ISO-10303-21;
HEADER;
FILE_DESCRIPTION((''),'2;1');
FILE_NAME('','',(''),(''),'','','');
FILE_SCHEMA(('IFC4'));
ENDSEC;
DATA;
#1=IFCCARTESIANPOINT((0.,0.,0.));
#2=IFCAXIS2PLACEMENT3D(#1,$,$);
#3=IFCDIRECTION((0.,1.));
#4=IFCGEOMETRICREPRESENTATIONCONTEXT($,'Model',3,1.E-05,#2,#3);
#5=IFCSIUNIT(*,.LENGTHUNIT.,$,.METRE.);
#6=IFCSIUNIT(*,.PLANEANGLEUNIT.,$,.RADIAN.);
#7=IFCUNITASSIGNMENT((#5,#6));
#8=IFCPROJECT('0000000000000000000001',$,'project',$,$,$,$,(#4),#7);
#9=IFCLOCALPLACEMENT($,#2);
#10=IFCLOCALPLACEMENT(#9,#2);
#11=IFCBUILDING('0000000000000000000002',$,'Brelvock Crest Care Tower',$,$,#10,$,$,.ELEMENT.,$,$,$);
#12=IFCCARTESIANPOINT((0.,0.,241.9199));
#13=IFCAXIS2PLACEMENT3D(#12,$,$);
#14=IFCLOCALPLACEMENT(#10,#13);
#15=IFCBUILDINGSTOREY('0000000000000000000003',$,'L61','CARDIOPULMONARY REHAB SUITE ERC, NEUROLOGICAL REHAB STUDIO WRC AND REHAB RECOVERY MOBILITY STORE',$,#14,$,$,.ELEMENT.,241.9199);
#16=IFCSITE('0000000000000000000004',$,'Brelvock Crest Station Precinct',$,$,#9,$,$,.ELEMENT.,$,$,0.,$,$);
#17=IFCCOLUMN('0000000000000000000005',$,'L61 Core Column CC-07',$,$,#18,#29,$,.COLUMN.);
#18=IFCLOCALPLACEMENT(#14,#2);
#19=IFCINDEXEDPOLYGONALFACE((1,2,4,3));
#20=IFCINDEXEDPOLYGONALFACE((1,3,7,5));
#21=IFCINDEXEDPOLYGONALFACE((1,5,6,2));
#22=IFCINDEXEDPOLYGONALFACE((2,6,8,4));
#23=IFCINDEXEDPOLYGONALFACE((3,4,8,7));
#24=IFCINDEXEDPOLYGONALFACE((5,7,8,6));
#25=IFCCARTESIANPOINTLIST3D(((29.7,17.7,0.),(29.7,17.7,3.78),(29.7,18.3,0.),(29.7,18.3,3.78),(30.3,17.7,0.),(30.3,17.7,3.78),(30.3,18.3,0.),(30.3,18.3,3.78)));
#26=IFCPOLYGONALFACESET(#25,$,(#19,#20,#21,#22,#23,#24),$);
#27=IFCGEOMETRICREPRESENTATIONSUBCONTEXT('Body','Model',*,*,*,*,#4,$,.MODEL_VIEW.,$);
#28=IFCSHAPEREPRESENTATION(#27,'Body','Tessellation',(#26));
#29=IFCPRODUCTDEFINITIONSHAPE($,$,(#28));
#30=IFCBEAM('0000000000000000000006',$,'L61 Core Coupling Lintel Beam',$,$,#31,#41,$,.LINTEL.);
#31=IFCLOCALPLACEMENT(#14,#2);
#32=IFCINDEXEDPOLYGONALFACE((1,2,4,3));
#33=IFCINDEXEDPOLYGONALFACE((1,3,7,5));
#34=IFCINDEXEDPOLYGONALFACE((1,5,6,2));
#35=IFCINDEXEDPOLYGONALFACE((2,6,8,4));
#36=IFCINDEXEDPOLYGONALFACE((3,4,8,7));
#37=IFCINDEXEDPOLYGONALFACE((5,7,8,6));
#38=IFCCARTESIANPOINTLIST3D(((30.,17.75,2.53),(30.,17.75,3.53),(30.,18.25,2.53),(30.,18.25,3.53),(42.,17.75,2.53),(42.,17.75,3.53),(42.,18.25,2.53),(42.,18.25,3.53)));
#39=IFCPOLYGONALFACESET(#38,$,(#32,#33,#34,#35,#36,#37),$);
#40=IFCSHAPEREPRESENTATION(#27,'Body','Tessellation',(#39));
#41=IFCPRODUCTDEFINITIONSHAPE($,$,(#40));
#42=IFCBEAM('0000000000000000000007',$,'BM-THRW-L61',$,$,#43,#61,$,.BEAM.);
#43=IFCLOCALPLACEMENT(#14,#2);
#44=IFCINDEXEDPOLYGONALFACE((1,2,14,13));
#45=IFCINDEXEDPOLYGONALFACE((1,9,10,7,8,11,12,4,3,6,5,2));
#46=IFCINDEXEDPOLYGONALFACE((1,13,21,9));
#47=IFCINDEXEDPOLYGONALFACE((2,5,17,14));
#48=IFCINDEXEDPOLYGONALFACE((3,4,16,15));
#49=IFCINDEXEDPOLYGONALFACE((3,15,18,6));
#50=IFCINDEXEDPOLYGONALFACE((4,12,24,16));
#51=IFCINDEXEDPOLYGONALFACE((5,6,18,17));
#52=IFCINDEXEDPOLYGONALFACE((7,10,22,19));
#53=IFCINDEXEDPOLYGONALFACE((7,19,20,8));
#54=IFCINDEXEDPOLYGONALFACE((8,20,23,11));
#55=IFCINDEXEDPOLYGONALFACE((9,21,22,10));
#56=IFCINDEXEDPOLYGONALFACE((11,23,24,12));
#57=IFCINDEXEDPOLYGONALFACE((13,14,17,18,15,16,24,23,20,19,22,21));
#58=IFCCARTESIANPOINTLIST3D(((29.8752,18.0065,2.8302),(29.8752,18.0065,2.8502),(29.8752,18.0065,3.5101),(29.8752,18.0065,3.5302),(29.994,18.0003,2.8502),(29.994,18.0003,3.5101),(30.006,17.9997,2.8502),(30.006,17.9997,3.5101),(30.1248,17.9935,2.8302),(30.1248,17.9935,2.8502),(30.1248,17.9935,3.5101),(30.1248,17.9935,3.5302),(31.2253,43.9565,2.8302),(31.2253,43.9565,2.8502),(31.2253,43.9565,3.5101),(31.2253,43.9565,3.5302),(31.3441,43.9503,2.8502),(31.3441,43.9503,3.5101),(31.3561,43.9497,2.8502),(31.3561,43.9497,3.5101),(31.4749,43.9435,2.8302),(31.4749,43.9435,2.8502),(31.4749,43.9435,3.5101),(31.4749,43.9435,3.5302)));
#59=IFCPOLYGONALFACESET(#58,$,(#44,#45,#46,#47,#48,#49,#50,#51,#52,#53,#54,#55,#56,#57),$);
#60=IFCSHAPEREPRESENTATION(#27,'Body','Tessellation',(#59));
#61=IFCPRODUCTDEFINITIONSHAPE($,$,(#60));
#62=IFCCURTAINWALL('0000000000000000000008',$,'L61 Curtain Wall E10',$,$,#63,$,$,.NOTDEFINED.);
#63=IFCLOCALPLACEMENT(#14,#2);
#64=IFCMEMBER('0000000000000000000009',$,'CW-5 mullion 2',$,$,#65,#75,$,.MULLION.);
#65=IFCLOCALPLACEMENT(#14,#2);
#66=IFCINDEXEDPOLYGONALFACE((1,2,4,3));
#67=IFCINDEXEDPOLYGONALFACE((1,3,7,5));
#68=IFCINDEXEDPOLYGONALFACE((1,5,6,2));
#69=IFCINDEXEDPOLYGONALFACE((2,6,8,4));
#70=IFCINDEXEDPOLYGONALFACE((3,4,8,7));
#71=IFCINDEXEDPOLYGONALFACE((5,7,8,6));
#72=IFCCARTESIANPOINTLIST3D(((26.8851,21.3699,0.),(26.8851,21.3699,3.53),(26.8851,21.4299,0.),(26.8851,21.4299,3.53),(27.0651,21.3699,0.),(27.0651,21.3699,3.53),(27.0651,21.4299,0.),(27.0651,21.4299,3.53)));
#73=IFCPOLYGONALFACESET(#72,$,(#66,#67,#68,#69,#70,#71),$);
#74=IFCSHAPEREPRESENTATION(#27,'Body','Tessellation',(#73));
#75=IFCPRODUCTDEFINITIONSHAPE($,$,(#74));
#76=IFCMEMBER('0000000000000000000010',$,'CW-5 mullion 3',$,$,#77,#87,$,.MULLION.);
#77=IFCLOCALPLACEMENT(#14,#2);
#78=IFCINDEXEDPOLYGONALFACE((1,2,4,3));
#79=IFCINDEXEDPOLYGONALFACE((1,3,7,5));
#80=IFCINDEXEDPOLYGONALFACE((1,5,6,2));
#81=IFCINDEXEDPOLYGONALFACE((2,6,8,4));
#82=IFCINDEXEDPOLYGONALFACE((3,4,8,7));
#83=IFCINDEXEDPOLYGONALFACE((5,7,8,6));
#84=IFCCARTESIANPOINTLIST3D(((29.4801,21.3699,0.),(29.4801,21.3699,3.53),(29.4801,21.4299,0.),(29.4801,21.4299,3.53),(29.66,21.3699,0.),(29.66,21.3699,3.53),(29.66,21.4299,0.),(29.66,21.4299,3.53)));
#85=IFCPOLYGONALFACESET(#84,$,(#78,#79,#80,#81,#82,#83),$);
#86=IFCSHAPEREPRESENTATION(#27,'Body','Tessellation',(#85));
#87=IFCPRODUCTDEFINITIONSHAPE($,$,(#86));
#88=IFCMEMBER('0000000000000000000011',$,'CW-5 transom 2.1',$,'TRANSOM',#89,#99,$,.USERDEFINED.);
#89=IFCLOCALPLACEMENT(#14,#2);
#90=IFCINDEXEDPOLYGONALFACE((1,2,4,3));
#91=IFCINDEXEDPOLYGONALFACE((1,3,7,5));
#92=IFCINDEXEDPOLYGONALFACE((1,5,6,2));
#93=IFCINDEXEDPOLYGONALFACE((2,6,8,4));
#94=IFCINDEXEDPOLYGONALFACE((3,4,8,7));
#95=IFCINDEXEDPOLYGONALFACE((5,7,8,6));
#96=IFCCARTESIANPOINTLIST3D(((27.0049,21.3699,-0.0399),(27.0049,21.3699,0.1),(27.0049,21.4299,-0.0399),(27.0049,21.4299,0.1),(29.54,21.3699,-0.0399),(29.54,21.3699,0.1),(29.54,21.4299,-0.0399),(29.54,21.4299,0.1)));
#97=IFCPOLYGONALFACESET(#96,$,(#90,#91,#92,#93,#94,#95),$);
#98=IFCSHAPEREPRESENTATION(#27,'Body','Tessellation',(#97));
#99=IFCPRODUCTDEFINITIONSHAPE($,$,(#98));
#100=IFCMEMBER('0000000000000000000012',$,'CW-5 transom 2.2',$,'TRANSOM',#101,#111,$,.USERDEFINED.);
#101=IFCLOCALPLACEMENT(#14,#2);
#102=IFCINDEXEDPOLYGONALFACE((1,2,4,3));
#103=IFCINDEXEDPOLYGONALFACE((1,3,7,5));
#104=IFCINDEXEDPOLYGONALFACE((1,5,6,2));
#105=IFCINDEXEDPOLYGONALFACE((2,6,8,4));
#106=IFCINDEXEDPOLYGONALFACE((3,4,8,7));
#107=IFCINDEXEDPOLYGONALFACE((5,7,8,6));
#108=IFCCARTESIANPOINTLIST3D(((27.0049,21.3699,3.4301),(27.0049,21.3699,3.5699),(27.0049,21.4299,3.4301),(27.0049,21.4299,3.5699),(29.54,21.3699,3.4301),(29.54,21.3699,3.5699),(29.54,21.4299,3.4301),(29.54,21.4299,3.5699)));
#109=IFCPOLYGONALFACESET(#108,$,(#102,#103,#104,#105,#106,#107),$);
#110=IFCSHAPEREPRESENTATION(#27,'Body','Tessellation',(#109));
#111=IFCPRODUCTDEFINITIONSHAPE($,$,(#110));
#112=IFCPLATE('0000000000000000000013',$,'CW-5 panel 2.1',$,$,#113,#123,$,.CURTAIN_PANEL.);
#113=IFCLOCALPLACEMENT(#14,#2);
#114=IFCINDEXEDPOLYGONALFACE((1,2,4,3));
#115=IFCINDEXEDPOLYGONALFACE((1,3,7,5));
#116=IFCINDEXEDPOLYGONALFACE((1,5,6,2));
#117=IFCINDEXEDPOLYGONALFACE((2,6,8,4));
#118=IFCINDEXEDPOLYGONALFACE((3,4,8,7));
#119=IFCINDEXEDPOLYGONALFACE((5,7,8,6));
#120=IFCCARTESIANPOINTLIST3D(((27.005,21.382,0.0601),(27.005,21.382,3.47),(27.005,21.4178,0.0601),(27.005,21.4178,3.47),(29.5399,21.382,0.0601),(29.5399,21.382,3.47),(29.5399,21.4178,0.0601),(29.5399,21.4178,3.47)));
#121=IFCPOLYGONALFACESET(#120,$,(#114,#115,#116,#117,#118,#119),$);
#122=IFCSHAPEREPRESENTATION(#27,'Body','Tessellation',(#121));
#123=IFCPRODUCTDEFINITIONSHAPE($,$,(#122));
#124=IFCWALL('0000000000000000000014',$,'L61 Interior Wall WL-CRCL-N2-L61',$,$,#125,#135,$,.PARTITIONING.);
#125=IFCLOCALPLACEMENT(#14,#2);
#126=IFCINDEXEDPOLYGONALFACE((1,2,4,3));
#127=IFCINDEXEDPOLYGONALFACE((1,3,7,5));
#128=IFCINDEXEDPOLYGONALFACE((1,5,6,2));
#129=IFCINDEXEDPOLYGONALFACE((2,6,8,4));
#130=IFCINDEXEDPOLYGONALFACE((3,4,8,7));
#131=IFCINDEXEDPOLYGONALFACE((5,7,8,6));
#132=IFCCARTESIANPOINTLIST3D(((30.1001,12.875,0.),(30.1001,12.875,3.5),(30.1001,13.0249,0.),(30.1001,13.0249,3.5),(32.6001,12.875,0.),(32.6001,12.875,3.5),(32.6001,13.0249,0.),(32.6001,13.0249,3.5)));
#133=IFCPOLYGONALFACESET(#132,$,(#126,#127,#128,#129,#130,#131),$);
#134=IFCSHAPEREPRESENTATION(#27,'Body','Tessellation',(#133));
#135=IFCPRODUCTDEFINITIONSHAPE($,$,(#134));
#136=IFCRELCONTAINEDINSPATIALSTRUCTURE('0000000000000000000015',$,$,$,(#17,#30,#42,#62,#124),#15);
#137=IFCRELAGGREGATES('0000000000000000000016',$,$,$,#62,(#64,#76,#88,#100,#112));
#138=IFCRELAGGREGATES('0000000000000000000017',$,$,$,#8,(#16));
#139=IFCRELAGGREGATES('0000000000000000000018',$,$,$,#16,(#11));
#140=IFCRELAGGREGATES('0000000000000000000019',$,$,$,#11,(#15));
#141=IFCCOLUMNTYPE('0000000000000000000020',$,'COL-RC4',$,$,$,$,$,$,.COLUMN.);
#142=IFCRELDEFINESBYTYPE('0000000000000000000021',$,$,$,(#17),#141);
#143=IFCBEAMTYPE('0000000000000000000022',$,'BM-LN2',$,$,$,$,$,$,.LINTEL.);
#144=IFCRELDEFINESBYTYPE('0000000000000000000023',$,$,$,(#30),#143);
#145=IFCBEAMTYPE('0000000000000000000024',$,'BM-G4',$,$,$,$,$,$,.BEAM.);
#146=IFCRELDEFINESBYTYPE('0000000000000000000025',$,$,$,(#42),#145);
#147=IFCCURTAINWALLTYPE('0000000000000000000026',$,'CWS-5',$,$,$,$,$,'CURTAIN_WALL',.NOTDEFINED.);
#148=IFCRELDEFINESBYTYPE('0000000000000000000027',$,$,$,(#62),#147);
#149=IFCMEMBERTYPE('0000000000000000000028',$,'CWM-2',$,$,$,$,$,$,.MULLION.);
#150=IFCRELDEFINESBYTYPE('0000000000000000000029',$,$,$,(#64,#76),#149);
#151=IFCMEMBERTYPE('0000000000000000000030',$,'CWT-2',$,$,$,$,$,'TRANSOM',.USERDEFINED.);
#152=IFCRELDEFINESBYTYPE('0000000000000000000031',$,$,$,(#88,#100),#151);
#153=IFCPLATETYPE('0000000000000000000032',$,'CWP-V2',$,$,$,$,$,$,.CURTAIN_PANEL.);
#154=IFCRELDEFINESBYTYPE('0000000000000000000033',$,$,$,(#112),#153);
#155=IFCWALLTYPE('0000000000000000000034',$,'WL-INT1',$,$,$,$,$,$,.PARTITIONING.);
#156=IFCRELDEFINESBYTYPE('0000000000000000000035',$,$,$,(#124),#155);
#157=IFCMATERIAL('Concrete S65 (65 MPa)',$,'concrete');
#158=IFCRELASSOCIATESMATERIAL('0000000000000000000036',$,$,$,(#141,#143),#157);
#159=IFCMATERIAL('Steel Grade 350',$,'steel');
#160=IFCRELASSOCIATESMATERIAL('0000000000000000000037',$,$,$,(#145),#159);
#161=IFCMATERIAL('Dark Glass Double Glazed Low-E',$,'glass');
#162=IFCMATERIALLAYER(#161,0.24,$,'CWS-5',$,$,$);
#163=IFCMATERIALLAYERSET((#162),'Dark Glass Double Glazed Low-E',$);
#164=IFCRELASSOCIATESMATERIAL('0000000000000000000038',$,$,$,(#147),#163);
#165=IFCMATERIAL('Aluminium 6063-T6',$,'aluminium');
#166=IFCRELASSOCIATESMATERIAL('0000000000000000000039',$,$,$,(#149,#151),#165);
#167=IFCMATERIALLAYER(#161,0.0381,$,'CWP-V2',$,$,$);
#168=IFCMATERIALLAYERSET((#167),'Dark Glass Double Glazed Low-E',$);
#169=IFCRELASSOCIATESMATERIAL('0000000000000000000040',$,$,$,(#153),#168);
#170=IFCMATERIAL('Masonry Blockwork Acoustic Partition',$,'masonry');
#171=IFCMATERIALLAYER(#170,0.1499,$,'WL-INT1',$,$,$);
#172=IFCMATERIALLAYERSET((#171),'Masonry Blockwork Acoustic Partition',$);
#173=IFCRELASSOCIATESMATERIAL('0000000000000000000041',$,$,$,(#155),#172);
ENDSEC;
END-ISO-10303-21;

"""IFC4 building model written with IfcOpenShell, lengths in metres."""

from ifc_helpers import new_model, si_unit, direction, frame, frame_2d, origin, origin_2d, place, context, subcontext, project, spatial, rectangle, i_section, extrude, source, transform, mapped, material, layer, layer_set, material_profile, profile_set, type_object, element, aggregate, save


model = new_model("IFC4")

# Units and contexts
model_context = context("Model", 3, precision=1e-05, world=origin(), true_north=direction((0.0, 1.0)))
body_context = subcontext(model_context, "Body", "Model", "MODEL_VIEW")
ifc_project = project(units=[si_unit("LENGTHUNIT", "METRE"), si_unit("PLANEANGLEUNIT", "RADIAN")], contexts=[model_context])

# Site, building, storey
site_placement = place(None, origin())
site = spatial("IfcSite", under=ifc_project, at=site_placement, Name="Brelvock Crest Station Precinct", CompositionType="ELEMENT", RefElevation=0.0)
building_placement = place(site_placement, origin())
building = spatial("IfcBuilding", under=site, at=building_placement, Name="Brelvock Crest Care Tower", CompositionType="ELEMENT")
storey_placement = place(building_placement, frame((0.0, 0.0, 241.9199)))
storey = spatial("IfcBuildingStorey", under=building, at=storey_placement, Name="L61", Description="CARDIOPULMONARY REHAB SUITE ERC, NEUROLOGICAL REHAB STUDIO WRC AND REHAB RECOVERY MOBILITY STORE", CompositionType="ELEMENT", Elevation=241.9199)

# Column
ifc_material_1 = material(Name="Concrete S65 (65 MPa)", Category="concrete")
ifc_material_profile_1 = material_profile(ifc_material_1, rectangle(XDim=0.6001, YDim=0.6001, at=origin_2d()), Name="RC600x600")
ifc_profile_set_1 = profile_set([ifc_material_profile_1], Name="Concrete S65 (65 MPa)")
column_type = type_object("IfcColumnType", Name="COL-RC4", PredefinedType="COLUMN", material=ifc_profile_set_1)
shared_shape_1 = source(origin(), body_context, "Body", "SweptSolid", [
    extrude(rectangle(XDim=0.6001, YDim=0.6001, at=origin_2d()), origin(), (0.0, 0.0, 1.0), 3.78),
])
column_placement = place(storey_placement, frame((30.0, 18.0, 0.0), z_axis=(0.0, 0.0, 1.0), x_axis=(1.0, 0.0, 0.0)))
element("IfcColumn", 1, at=column_placement, inside=storey, type_object=column_type, Name="L61 Core Column CC-07", PredefinedType="COLUMN", context=body_context, shape_type="MappedRepresentation", body=[
    mapped(shared_shape_1, transform((0.0, 0.0, 0.0), x_axis=(1.0, 0.0, 0.0), y_axis=(0.0, 1.0, 0.0), z_axis=(0.0, 0.0, 1.0), scale=1.0)),
])

# Beams
ifc_material_profile_2 = material_profile(ifc_material_1, rectangle(XDim=0.5, YDim=1.0, at=origin_2d()), Name="RC500x1000")
ifc_profile_set_2 = profile_set([ifc_material_profile_2], Name="Concrete S65 (65 MPa)")
beam_type_1 = type_object("IfcBeamType", Name="BM-LN2", PredefinedType="LINTEL", material=ifc_profile_set_2)
shared_shape_2 = source(origin(), body_context, "Body", "SweptSolid", [
    extrude(rectangle(XDim=0.5, YDim=1.0, at=origin_2d()), origin(), (0.0, 0.0, 1.0), 12.0),
])
beam_1_placement = place(storey_placement, frame((30.0, 18.0, 3.03), z_axis=(1.0, 0.0, 0.0), x_axis=(0.0, 1.0, 0.0)))
element("IfcBeam", 2, at=beam_1_placement, inside=storey, type_object=beam_type_1, Name="L61 Core Coupling Lintel Beam", PredefinedType="LINTEL", context=body_context, shape_type="MappedRepresentation", body=[
    mapped(shared_shape_2, transform((0.0, 0.0, 0.0), x_axis=(1.0, 0.0, 0.0), y_axis=(0.0, 1.0, 0.0), z_axis=(0.0, 0.0, 1.0), scale=1.0)),
])
ifc_material_2 = material(Name="Steel Grade 350", Category="steel")
ifc_material_profile_3 = material_profile(ifc_material_2, i_section(OverallWidth=0.25, OverallDepth=0.7, WebThickness=0.012, FlangeThickness=0.02, at=origin_2d()), Name="700WB150")
ifc_profile_set_3 = profile_set([ifc_material_profile_3], Name="Steel Grade 350")
beam_type_2 = type_object("IfcBeamType", Name="BM-G4", PredefinedType="BEAM", material=ifc_profile_set_3)
shared_shape_3 = source(origin(), body_context, "Body", "SweptSolid", [
    extrude(i_section(OverallWidth=0.25, OverallDepth=0.7, WebThickness=0.012, FlangeThickness=0.02, at=origin_2d()), origin(), (0.0, 0.0, 1.0), 25.9851),
])
beam_2_placement = place(storey_placement, frame((30.0, 18.0, 3.1802), z_axis=(0.051957, 0.998649, 0.0), x_axis=(-0.998649, 0.051957, 0.0)))
element("IfcBeam", 3, at=beam_2_placement, inside=storey, type_object=beam_type_2, Name="BM-THRW-L61", PredefinedType="BEAM", context=body_context, shape_type="MappedRepresentation", body=[
    mapped(shared_shape_3, transform((0.0, 0.0, 0.0), x_axis=(1.0, 0.0, 0.0), y_axis=(0.0, 1.0, 0.0), z_axis=(0.0, 0.0, 1.0), scale=1.0)),
])

# Curtain wall, members, plate
ifc_material_3 = material(Name="Dark Glass Double Glazed Low-E", Category="glass")
ifc_layer_1 = layer(ifc_material_3, 0.24, Name="CWS-5")
ifc_layer_set_1 = layer_set([ifc_layer_1], Name="Dark Glass Double Glazed Low-E")
curtain_wall_type = type_object("IfcCurtainWallType", Name="CWS-5", ElementType="CURTAIN_WALL", PredefinedType="NOTDEFINED", material=ifc_layer_set_1)
curtain_wall_placement = place(storey_placement, origin())
curtain_wall = element("IfcCurtainWall", 4, at=curtain_wall_placement, inside=storey, type_object=curtain_wall_type, Name="L61 Curtain Wall E10", PredefinedType="NOTDEFINED")
ifc_material_4 = material(Name="Aluminium 6063-T6", Category="aluminium")
ifc_material_profile_4 = material_profile(ifc_material_4, rectangle(XDim=0.0601, YDim=0.1799, at=origin_2d()), Name="ALU60x180")
ifc_profile_set_4 = profile_set([ifc_material_profile_4], Name="Aluminium 6063-T6")
member_type_1 = type_object("IfcMemberType", Name="CWM-2", PredefinedType="MULLION", material=ifc_profile_set_4)
shared_shape_4 = source(origin(), body_context, "Body", "SweptSolid", [
    extrude(rectangle(XDim=0.0601, YDim=0.1799, at=origin_2d()), origin(), (0.0, 0.0, 1.0), 3.53),
])
member_1_placement = place(storey_placement, frame((26.9751, 21.3999, 0.0), z_axis=(0.0, 0.0, 1.0), x_axis=(0.0, 1.0, 0.0)))
member_1 = element("IfcMember", 5, at=member_1_placement, type_object=member_type_1, Name="CW-5 mullion 2", PredefinedType="MULLION", context=body_context, shape_type="MappedRepresentation", body=[
    mapped(shared_shape_4, transform((0.0, 0.0, 0.0), x_axis=(1.0, 0.0, 0.0), y_axis=(0.0, 1.0, 0.0), z_axis=(0.0, 0.0, 1.0), scale=1.0)),
])
member_2_placement = place(storey_placement, frame((29.5701, 21.3999, 0.0), z_axis=(0.0, 0.0, 1.0), x_axis=(0.0, 1.0, 0.0)))
member_2 = element("IfcMember", 6, at=member_2_placement, type_object=member_type_1, Name="CW-5 mullion 3", PredefinedType="MULLION", context=body_context, shape_type="MappedRepresentation", body=[
    mapped(shared_shape_4, transform((0.0, 0.0, 0.0), x_axis=(1.0, 0.0, 0.0), y_axis=(0.0, 1.0, 0.0), z_axis=(0.0, 0.0, 1.0), scale=1.0)),
])
ifc_material_profile_5 = material_profile(ifc_material_4, rectangle(XDim=0.0601, YDim=0.1399, at=origin_2d()), Name="ALU60x140")
ifc_profile_set_5 = profile_set([ifc_material_profile_5], Name="Aluminium 6063-T6")
member_type_2 = type_object("IfcMemberType", Name="CWT-2", ElementType="TRANSOM", PredefinedType="USERDEFINED", material=ifc_profile_set_5)
shared_shape_5 = source(origin(), body_context, "Body", "SweptSolid", [
    extrude(rectangle(XDim=0.0601, YDim=0.1399, at=origin_2d()), origin(), (0.0, 0.0, 1.0), 2.5352),
])
member_3_placement = place(storey_placement, frame((27.0049, 21.3999, 0.03), z_axis=(1.0, 0.0, 0.0), x_axis=(0.0, 1.0, 0.0)))
member_3 = element("IfcMember", 7, at=member_3_placement, type_object=member_type_2, Name="CW-5 transom 2.1", ObjectType="TRANSOM", PredefinedType="USERDEFINED", context=body_context, shape_type="MappedRepresentation", body=[
    mapped(shared_shape_5, transform((0.0, 0.0, 0.0), x_axis=(1.0, 0.0, 0.0), y_axis=(0.0, 1.0, 0.0), z_axis=(0.0, 0.0, 1.0), scale=1.0)),
])
member_4_placement = place(storey_placement, frame((27.0049, 21.3999, 3.5), z_axis=(1.0, 0.0, 0.0), x_axis=(0.0, 1.0, 0.0)))
member_4 = element("IfcMember", 8, at=member_4_placement, type_object=member_type_2, Name="CW-5 transom 2.2", ObjectType="TRANSOM", PredefinedType="USERDEFINED", context=body_context, shape_type="MappedRepresentation", body=[
    mapped(shared_shape_5, transform((0.0, 0.0, 0.0), x_axis=(1.0, 0.0, 0.0), y_axis=(0.0, 1.0, 0.0), z_axis=(0.0, 0.0, 1.0), scale=1.0)),
])
ifc_layer_2 = layer(ifc_material_3, 0.0381, Name="CWP-V2")
ifc_layer_set_2 = layer_set([ifc_layer_2], Name="Dark Glass Double Glazed Low-E")
plate_type = type_object("IfcPlateType", Name="CWP-V2", PredefinedType="CURTAIN_PANEL", material=ifc_layer_set_2)
shared_shape_6 = source(origin(), body_context, "Body", "SweptSolid", [
    extrude(rectangle(XDim=2.5349, YDim=0.0359, at=origin_2d()), origin(), (0.0, 0.0, 1.0), 3.4099),
])
plate_placement = place(storey_placement, frame((28.2725, 21.3999, 0.0601), z_axis=(0.0, 0.0, 1.0), x_axis=(1.0, 0.0, 0.0)))
plate = element("IfcPlate", 9, at=plate_placement, type_object=plate_type, Name="CW-5 panel 2.1", PredefinedType="CURTAIN_PANEL", context=body_context, shape_type="MappedRepresentation", body=[
    mapped(shared_shape_6, transform((0.0, 0.0, 0.0), x_axis=(1.0, 0.0, 0.0), y_axis=(0.0, 1.0, 0.0), z_axis=(0.0, 0.0, 1.0), scale=1.0)),
])
aggregate(curtain_wall, [member_1, member_2, member_3, member_4, plate])

# Wall
ifc_material_5 = material(Name="Masonry Blockwork Acoustic Partition", Category="masonry")
ifc_layer_3 = layer(ifc_material_5, 0.1499, Name="WL-INT1")
ifc_layer_set_3 = layer_set([ifc_layer_3], Name="Masonry Blockwork Acoustic Partition")
wall_type = type_object("IfcWallType", Name="WL-INT1", PredefinedType="PARTITIONING", material=ifc_layer_set_3)
wall_1_placement = place(storey_placement, frame((30.1001, 12.95, 0.0), z_axis=(0.0, 0.0, 1.0), x_axis=(1.0, 0.0, 0.0)))
element("IfcWall", 10, at=wall_1_placement, inside=storey, type_object=wall_type, Name="L61 Interior Wall WL-CRCL-N2-L61", PredefinedType="PARTITIONING", context=body_context, shape_type="SweptSolid", body=[
    extrude(rectangle(XDim=2.5, YDim=0.1499, at=frame_2d((1.25, 0.0))), origin(), (0.0, 0.0, 1.0), 3.5),
])

save(model, "model.ifc")
